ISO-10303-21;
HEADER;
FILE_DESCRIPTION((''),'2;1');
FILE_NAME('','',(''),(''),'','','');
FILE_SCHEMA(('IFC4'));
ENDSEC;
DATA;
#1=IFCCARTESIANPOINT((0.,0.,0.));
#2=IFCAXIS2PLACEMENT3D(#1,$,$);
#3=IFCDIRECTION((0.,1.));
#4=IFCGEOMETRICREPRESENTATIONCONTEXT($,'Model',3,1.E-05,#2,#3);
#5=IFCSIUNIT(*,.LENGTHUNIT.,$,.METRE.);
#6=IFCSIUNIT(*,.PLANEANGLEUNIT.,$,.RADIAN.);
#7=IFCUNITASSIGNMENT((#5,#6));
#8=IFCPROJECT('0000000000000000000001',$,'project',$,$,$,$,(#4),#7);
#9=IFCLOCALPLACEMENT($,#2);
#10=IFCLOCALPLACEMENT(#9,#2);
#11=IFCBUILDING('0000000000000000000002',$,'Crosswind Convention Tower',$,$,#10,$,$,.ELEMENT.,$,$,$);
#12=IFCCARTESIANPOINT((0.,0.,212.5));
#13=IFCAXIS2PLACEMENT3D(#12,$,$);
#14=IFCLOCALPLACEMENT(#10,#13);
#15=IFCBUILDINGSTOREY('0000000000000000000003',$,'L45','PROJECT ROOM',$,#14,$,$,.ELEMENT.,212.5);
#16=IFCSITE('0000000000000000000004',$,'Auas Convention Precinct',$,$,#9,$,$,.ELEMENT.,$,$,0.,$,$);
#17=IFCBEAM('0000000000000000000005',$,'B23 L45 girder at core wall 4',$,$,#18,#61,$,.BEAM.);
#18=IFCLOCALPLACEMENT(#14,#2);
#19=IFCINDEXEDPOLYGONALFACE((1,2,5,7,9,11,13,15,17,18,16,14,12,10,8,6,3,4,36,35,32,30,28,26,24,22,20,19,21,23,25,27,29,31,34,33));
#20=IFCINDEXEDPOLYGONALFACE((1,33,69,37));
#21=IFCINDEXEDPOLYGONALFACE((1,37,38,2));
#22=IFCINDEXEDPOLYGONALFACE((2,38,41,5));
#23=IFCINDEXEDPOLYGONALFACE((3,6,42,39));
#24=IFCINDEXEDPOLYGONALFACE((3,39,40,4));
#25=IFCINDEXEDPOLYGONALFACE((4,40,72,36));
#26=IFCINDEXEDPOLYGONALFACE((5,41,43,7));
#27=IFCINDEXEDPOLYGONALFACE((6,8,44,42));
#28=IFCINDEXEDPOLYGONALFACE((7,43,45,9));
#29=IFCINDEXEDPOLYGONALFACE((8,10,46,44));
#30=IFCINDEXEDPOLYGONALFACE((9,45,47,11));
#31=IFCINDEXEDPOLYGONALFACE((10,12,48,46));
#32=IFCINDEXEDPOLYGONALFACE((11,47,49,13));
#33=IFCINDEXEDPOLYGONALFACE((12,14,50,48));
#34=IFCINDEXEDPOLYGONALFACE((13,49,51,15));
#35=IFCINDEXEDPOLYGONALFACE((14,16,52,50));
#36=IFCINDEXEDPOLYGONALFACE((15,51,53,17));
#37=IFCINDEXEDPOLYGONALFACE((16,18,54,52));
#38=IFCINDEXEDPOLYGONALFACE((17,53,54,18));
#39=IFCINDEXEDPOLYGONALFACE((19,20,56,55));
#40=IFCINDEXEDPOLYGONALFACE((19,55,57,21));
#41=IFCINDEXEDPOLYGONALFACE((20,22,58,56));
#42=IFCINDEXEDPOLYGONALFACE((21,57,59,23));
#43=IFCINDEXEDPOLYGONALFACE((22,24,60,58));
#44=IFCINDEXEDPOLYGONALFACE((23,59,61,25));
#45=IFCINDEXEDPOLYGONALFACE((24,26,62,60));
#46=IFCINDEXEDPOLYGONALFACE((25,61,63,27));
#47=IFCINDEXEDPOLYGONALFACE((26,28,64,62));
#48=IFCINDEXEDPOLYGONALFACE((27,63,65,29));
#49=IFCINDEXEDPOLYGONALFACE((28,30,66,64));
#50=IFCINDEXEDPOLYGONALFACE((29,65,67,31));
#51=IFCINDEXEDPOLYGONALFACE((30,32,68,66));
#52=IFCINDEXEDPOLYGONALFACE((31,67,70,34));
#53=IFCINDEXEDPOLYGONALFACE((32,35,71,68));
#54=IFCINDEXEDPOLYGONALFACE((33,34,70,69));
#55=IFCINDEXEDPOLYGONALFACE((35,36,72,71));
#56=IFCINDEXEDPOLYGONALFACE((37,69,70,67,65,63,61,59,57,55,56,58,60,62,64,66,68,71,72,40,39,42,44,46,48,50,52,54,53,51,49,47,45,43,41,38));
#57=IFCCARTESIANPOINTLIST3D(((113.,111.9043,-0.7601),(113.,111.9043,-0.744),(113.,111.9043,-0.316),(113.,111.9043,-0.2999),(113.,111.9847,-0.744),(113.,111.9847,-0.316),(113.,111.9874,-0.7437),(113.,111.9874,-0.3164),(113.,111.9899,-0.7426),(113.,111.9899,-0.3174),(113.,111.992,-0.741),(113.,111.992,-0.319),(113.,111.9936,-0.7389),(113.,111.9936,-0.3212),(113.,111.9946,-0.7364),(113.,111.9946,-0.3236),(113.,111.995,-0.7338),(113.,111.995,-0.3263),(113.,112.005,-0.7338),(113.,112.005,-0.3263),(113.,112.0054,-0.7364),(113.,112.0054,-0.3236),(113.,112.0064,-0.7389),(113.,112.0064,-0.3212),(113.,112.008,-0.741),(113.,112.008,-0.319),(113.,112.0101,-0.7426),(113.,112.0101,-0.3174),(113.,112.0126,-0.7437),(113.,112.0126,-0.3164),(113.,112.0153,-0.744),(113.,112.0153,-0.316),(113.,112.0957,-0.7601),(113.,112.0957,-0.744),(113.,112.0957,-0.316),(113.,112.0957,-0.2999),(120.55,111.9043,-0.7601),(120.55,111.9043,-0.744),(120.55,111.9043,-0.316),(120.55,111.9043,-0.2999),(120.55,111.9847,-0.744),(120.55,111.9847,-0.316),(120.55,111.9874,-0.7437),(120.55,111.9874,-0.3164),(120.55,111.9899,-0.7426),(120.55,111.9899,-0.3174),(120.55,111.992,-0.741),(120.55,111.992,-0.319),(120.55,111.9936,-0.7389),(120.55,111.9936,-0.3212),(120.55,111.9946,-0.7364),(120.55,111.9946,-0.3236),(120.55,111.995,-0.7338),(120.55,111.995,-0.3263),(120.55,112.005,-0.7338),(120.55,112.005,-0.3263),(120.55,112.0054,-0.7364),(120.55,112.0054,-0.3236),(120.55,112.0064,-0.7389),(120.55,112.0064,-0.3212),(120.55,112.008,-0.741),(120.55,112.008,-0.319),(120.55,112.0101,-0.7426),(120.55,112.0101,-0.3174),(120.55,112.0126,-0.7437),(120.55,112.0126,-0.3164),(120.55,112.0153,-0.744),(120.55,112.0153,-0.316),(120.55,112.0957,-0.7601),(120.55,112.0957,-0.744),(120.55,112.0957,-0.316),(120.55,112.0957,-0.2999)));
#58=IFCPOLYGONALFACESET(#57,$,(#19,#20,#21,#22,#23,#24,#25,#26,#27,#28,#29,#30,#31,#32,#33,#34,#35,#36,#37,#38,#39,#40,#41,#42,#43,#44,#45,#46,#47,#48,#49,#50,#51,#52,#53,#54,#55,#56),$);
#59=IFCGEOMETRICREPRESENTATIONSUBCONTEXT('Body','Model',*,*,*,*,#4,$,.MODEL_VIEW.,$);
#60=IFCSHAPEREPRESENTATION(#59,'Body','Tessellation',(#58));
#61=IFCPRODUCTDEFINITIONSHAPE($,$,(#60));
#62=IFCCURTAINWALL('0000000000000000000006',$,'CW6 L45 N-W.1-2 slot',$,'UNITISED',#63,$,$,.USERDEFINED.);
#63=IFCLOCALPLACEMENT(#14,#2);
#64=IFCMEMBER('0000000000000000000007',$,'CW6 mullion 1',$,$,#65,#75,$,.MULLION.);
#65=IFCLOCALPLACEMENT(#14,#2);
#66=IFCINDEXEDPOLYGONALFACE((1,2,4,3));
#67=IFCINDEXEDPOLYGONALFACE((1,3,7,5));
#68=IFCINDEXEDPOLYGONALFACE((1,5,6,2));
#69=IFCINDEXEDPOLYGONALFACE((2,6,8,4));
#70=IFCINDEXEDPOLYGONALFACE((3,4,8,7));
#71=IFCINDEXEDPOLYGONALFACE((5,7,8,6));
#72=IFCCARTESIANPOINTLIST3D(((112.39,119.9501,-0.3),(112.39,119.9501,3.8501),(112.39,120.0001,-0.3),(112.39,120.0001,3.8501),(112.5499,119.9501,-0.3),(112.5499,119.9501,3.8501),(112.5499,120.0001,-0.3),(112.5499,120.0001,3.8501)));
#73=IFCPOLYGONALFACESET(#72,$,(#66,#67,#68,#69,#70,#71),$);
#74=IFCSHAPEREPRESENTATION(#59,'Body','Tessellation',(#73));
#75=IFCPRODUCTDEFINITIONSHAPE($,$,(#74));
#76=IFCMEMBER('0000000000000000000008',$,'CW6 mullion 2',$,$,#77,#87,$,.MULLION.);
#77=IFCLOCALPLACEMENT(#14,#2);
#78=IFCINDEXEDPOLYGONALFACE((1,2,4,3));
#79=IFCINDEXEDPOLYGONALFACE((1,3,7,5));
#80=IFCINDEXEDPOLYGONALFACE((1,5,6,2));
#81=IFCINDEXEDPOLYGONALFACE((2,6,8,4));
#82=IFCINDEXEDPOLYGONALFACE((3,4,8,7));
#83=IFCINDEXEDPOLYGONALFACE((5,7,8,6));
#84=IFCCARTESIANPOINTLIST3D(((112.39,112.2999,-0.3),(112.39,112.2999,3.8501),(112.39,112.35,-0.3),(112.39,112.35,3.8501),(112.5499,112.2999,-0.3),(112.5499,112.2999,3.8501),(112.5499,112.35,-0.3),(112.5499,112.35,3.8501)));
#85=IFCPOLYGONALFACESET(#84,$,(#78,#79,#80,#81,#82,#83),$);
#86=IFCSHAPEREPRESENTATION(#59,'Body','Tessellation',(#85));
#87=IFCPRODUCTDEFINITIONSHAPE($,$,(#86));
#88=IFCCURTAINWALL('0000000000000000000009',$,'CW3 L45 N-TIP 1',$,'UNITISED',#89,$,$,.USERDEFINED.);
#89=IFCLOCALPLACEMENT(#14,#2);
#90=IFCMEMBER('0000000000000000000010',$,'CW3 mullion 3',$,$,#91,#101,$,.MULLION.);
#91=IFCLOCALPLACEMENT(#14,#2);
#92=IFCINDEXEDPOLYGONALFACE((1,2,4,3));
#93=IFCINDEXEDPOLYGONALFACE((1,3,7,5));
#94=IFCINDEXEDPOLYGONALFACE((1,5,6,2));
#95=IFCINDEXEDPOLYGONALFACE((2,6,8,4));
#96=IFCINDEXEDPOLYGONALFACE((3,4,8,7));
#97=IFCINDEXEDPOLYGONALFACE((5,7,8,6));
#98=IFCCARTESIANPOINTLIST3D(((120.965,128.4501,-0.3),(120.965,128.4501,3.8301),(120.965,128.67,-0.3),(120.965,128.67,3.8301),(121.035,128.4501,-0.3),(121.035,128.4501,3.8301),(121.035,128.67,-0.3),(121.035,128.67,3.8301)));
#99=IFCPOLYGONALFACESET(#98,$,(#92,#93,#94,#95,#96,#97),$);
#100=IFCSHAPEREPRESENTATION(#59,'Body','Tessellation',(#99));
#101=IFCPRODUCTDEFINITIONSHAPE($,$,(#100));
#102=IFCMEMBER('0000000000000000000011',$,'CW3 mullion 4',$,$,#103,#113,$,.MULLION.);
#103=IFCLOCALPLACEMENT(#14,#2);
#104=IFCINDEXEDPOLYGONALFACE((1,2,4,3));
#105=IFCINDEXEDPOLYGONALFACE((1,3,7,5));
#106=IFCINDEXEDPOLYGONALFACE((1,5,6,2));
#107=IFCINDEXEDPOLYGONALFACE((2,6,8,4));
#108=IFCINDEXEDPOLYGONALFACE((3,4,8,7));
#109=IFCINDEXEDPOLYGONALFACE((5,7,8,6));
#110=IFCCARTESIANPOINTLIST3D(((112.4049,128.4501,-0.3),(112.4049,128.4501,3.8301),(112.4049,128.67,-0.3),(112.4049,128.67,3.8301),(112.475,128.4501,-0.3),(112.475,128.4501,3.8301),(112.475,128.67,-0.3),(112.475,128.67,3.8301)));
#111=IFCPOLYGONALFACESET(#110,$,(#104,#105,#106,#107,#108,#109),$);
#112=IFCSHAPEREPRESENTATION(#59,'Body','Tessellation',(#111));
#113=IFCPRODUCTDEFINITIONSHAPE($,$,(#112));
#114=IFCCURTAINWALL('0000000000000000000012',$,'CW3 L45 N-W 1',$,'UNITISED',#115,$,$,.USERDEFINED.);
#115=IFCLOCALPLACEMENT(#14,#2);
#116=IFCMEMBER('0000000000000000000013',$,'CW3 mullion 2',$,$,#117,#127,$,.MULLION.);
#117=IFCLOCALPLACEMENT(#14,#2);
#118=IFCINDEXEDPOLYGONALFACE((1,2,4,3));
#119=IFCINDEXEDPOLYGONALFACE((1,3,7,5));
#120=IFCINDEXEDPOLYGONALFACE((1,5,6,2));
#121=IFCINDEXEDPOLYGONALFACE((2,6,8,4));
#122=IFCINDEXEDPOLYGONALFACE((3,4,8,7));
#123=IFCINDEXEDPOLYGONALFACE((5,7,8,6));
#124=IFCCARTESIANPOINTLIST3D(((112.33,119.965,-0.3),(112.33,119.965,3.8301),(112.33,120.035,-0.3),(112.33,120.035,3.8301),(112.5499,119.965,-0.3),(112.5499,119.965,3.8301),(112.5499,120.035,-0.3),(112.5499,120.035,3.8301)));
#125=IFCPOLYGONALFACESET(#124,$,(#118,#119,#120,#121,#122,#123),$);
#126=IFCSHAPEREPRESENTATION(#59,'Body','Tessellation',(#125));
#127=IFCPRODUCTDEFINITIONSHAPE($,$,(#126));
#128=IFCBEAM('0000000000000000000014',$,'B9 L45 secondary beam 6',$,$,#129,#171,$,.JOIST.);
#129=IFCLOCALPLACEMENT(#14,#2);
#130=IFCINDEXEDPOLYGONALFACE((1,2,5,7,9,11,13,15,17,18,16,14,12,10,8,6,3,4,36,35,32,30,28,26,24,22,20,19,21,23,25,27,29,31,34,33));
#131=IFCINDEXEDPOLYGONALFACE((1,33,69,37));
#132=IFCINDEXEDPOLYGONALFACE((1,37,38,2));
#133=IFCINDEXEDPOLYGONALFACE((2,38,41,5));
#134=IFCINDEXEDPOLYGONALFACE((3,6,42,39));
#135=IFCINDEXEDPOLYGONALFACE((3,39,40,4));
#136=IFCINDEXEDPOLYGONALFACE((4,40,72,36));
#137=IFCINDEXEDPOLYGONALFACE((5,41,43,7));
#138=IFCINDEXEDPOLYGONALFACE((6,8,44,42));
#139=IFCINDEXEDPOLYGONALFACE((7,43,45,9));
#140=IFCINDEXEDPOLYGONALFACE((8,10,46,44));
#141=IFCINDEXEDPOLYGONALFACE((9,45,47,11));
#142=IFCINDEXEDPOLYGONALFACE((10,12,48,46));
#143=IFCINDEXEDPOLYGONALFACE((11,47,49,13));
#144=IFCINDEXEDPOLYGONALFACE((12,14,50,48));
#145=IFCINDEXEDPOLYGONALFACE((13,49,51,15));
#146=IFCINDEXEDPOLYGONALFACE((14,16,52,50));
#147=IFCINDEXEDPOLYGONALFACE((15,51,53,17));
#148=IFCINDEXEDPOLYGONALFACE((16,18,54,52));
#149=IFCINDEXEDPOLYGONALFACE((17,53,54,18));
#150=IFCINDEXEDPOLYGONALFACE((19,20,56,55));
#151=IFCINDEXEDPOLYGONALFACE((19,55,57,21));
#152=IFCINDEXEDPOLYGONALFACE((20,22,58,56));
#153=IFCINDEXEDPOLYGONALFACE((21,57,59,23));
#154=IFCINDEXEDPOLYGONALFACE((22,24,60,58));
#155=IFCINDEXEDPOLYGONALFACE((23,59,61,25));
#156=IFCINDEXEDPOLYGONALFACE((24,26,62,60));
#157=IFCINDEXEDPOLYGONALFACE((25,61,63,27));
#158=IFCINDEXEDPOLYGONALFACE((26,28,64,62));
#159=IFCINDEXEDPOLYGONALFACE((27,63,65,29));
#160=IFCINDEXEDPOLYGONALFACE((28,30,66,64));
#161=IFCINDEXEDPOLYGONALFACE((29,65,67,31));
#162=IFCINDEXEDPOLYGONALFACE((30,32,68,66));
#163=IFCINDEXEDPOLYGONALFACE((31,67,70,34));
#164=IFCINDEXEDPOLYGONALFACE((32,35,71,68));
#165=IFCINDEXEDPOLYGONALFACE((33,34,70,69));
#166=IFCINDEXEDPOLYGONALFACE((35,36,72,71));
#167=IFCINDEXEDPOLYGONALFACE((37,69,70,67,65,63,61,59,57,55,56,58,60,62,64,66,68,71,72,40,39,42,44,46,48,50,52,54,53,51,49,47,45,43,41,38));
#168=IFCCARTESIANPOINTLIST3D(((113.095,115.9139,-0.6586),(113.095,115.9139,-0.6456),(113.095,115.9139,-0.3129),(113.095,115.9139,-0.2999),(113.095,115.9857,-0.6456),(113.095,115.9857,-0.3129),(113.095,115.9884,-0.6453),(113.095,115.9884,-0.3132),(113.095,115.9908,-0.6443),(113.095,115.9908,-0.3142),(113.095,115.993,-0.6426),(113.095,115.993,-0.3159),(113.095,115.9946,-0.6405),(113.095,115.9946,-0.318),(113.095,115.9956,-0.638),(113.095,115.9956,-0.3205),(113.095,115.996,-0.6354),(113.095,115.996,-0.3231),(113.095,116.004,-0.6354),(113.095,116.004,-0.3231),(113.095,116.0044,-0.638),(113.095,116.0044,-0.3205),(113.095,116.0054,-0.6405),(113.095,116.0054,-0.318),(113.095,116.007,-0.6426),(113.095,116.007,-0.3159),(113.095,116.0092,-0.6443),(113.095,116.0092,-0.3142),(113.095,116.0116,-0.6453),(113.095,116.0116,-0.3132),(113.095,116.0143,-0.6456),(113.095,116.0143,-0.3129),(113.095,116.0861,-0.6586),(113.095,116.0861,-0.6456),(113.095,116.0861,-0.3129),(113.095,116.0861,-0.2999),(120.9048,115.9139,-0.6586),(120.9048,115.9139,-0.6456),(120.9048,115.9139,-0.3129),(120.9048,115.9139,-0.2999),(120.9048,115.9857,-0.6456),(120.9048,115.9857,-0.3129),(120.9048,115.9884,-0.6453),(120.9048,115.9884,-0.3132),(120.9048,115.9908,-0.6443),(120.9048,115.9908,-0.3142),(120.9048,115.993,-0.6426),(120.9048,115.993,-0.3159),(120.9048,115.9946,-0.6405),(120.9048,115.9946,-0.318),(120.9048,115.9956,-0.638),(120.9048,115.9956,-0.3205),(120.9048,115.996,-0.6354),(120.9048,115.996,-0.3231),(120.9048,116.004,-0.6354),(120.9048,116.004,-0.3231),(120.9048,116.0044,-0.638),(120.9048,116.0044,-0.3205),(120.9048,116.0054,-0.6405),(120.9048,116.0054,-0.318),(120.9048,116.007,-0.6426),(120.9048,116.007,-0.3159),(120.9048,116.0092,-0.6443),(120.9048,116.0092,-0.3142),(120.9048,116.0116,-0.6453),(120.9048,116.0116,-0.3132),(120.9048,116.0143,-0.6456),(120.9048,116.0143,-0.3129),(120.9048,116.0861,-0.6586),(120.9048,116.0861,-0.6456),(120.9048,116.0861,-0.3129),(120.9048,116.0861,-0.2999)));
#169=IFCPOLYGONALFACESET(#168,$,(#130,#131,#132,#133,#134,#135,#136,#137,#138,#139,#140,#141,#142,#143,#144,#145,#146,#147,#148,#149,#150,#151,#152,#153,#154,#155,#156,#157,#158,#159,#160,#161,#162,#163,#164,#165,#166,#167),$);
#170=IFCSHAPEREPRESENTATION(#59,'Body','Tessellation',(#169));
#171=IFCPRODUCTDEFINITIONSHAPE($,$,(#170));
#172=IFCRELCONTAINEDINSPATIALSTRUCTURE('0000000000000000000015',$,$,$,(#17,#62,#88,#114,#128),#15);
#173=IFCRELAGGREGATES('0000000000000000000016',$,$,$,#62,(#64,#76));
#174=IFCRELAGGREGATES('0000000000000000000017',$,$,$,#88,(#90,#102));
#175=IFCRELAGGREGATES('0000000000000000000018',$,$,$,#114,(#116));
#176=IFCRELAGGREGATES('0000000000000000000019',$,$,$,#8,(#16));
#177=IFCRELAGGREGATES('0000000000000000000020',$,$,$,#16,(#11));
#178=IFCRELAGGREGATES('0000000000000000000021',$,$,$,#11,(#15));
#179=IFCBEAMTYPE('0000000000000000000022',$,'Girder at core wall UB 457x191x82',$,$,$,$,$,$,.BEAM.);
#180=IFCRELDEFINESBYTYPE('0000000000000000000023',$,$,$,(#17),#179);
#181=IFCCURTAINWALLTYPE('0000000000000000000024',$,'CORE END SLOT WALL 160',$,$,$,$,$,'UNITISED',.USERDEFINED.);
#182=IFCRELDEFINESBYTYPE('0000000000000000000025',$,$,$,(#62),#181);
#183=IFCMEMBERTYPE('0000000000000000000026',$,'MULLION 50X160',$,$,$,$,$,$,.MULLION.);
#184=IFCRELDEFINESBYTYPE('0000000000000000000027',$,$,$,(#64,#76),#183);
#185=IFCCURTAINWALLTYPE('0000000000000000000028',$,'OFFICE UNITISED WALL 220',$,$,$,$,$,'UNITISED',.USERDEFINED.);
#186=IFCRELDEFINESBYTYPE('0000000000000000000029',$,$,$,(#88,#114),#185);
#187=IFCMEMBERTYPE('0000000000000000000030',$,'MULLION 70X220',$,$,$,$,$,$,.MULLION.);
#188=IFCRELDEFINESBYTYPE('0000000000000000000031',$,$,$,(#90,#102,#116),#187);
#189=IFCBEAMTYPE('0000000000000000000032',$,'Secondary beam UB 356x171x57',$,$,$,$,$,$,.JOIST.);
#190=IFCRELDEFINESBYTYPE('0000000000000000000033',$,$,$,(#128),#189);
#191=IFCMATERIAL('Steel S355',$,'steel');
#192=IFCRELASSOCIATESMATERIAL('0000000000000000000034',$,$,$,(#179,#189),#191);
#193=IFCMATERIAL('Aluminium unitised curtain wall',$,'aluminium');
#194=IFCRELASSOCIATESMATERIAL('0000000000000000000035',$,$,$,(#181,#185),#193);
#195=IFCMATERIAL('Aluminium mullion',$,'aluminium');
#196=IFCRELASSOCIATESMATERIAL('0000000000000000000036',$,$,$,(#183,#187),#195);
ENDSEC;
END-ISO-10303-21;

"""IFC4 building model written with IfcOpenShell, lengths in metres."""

from ifc_helpers import new_model, si_unit, direction, frame, origin, origin_2d, place, context, subcontext, project, spatial, rectangle, i_section, extrude, material, material_profile, profile_set, type_object, element, aggregate, save


model = new_model("IFC4")

# Units and contexts
model_context = context("Model", 3, precision=1e-05, world=origin(), true_north=direction((0.0, 1.0)))
body_context = subcontext(model_context, "Body", "Model", "MODEL_VIEW")
ifc_project = project(units=[si_unit("LENGTHUNIT", "METRE"), si_unit("PLANEANGLEUNIT", "RADIAN")], contexts=[model_context])

# Site, building, storey
site_placement = place(None, origin())
site = spatial("IfcSite", under=ifc_project, at=site_placement, Name="Auas Convention Precinct", CompositionType="ELEMENT", RefElevation=0.0)
building_placement = place(site_placement, origin())
building = spatial("IfcBuilding", under=site, at=building_placement, Name="Crosswind Convention Tower", CompositionType="ELEMENT")
storey_placement = place(building_placement, frame((0.0, 0.0, 212.5)))
storey = spatial("IfcBuildingStorey", under=building, at=storey_placement, Name="L45", Description="PROJECT ROOM", CompositionType="ELEMENT", Elevation=212.5)

# Beam
ifc_material_1 = material(Name="Steel S355", Category="steel")
ifc_material_profile_1 = material_profile(ifc_material_1, i_section(OverallWidth=0.1914, OverallDepth=0.4602, WebThickness=0.01, FlangeThickness=0.0161, FilletRadius=0.0103, at=origin_2d()), Name="UB 457x191x82")
ifc_profile_set_1 = profile_set([ifc_material_profile_1], Name="Steel S355")
beam_type_1 = type_object("IfcBeamType", Name="Girder at core wall UB 457x191x82", PredefinedType="BEAM", material=ifc_profile_set_1)
beam_1_placement = place(storey_placement, frame((113.0, 112.0, -0.53), z_axis=(1.0, 0.0, 0.0), x_axis=(0.0, 1.0, 0.0)))
element("IfcBeam", 1, at=beam_1_placement, inside=storey, type_object=beam_type_1, Name="B23 L45 girder at core wall 4", PredefinedType="BEAM", context=body_context, shape_type="SweptSolid", body=[
    extrude(i_section(OverallWidth=0.1914, OverallDepth=0.4602, WebThickness=0.01, FlangeThickness=0.0161, FilletRadius=0.0103, at=origin_2d()), origin(), (0.0, 0.0, 1.0), 7.55),
])

# Curtain walls, members
ifc_material_2 = material(Name="Aluminium unitised curtain wall", Category="aluminium")
curtain_wall_type_1 = type_object("IfcCurtainWallType", Name="CORE END SLOT WALL 160", ElementType="UNITISED", PredefinedType="USERDEFINED", material=ifc_material_2)
curtain_wall_1_placement = place(storey_placement, origin())
curtain_wall_1 = element("IfcCurtainWall", 2, at=curtain_wall_1_placement, inside=storey, type_object=curtain_wall_type_1, Name="CW6 L45 N-W.1-2 slot", ObjectType="UNITISED", PredefinedType="USERDEFINED")
ifc_material_3 = material(Name="Aluminium mullion", Category="aluminium")
ifc_material_profile_2 = material_profile(ifc_material_3, rectangle(XDim=0.1599, YDim=0.05, at=origin_2d()), Name="AL 160X50")
ifc_profile_set_2 = profile_set([ifc_material_profile_2], Name="Aluminium mullion")
member_type_1 = type_object("IfcMemberType", Name="MULLION 50X160", PredefinedType="MULLION", material=ifc_profile_set_2)
member_1_placement = place(storey_placement, frame((112.47, 119.9751, -0.3), z_axis=(0.0, 0.0, 1.0), x_axis=(-1.0, 0.0, 0.0)))
member_1 = element("IfcMember", 3, at=member_1_placement, type_object=member_type_1, Name="CW6 mullion 1", PredefinedType="MULLION", context=body_context, shape_type="SweptSolid", body=[
    extrude(rectangle(XDim=0.1599, YDim=0.05, at=origin_2d()), origin(), (0.0, 0.0, 1.0), 4.1501),
])
member_2_placement = place(storey_placement, frame((112.47, 112.325, -0.3), z_axis=(0.0, 0.0, 1.0), x_axis=(-1.0, 0.0, 0.0)))
member_2 = element("IfcMember", 4, at=member_2_placement, type_object=member_type_1, Name="CW6 mullion 2", PredefinedType="MULLION", context=body_context, shape_type="SweptSolid", body=[
    extrude(rectangle(XDim=0.1599, YDim=0.05, at=origin_2d()), origin(), (0.0, 0.0, 1.0), 4.1501),
])
curtain_wall_type_2 = type_object("IfcCurtainWallType", Name="OFFICE UNITISED WALL 220", ElementType="UNITISED", PredefinedType="USERDEFINED", material=ifc_material_2)
curtain_wall_2_placement = place(storey_placement, origin())
curtain_wall_2 = element("IfcCurtainWall", 5, at=curtain_wall_2_placement, inside=storey, type_object=curtain_wall_type_2, Name="CW3 L45 N-TIP 1", ObjectType="UNITISED", PredefinedType="USERDEFINED")
ifc_material_profile_3 = material_profile(ifc_material_3, rectangle(XDim=0.22, YDim=0.0701, at=origin_2d()), Name="AL 220X70")
ifc_profile_set_3 = profile_set([ifc_material_profile_3], Name="Aluminium mullion")
member_type_2 = type_object("IfcMemberType", Name="MULLION 70X220", PredefinedType="MULLION", material=ifc_profile_set_3)
member_3_placement = place(storey_placement, frame((121.0, 128.5601, -0.3), z_axis=(0.0, 0.0, 1.0), x_axis=(0.0, 1.0, 0.0)))
member_3 = element("IfcMember", 6, at=member_3_placement, type_object=member_type_2, Name="CW3 mullion 3", PredefinedType="MULLION", context=body_context, shape_type="SweptSolid", body=[
    extrude(rectangle(XDim=0.22, YDim=0.0701, at=origin_2d()), origin(), (0.0, 0.0, 1.0), 4.1301),
])
member_4_placement = place(storey_placement, frame((112.4399, 128.5601, -0.3), z_axis=(0.0, 0.0, 1.0), x_axis=(0.0, 1.0, 0.0)))
member_4 = element("IfcMember", 7, at=member_4_placement, type_object=member_type_2, Name="CW3 mullion 4", PredefinedType="MULLION", context=body_context, shape_type="SweptSolid", body=[
    extrude(rectangle(XDim=0.22, YDim=0.0701, at=origin_2d()), origin(), (0.0, 0.0, 1.0), 4.1301),
])

# Curtain wall, member
curtain_wall_3_placement = place(storey_placement, origin())
curtain_wall_3 = element("IfcCurtainWall", 8, at=curtain_wall_3_placement, inside=storey, type_object=curtain_wall_type_2, Name="CW3 L45 N-W 1", ObjectType="UNITISED", PredefinedType="USERDEFINED")
member_5_placement = place(storey_placement, frame((112.4399, 120.0, -0.3), z_axis=(0.0, 0.0, 1.0), x_axis=(-1.0, 0.0, 0.0)))
member_5 = element("IfcMember", 9, at=member_5_placement, type_object=member_type_2, Name="CW3 mullion 2", PredefinedType="MULLION", context=body_context, shape_type="SweptSolid", body=[
    extrude(rectangle(XDim=0.22, YDim=0.0701, at=origin_2d()), origin(), (0.0, 0.0, 1.0), 4.1301),
])

# Beam
ifc_material_profile_4 = material_profile(ifc_material_1, i_section(OverallWidth=0.1721, OverallDepth=0.3586, WebThickness=0.0081, FlangeThickness=0.0129, FilletRadius=0.0103, at=origin_2d()), Name="UB 356x171x57")
ifc_profile_set_4 = profile_set([ifc_material_profile_4], Name="Steel S355")
beam_type_2 = type_object("IfcBeamType", Name="Secondary beam UB 356x171x57", PredefinedType="JOIST", material=ifc_profile_set_4)
for number, where, z_axis, x_axis, name in (
    (10, (113.095, 116.0, -0.4792), (1.0, 0.0, 0.0), (0.0, 1.0, 0.0), "B9 L45 secondary beam 6"),
):
    element("IfcBeam", number, at=place(storey_placement, frame(where, z_axis=z_axis, x_axis=x_axis)), inside=storey, type_object=beam_type_2, Name=name, PredefinedType="JOIST", context=body_context, shape_type="SweptSolid", body=[
        extrude(i_section(OverallWidth=0.1721, OverallDepth=0.3586, WebThickness=0.0081, FlangeThickness=0.0129, FilletRadius=0.0103, at=origin_2d()), origin(), (0.0, 0.0, 1.0), 7.8098),
    ])

aggregate(curtain_wall_1, [member_1, member_2])
aggregate(curtain_wall_2, [member_3, member_4])

aggregate(curtain_wall_3, [member_5])

save(model, "model.ifc")
